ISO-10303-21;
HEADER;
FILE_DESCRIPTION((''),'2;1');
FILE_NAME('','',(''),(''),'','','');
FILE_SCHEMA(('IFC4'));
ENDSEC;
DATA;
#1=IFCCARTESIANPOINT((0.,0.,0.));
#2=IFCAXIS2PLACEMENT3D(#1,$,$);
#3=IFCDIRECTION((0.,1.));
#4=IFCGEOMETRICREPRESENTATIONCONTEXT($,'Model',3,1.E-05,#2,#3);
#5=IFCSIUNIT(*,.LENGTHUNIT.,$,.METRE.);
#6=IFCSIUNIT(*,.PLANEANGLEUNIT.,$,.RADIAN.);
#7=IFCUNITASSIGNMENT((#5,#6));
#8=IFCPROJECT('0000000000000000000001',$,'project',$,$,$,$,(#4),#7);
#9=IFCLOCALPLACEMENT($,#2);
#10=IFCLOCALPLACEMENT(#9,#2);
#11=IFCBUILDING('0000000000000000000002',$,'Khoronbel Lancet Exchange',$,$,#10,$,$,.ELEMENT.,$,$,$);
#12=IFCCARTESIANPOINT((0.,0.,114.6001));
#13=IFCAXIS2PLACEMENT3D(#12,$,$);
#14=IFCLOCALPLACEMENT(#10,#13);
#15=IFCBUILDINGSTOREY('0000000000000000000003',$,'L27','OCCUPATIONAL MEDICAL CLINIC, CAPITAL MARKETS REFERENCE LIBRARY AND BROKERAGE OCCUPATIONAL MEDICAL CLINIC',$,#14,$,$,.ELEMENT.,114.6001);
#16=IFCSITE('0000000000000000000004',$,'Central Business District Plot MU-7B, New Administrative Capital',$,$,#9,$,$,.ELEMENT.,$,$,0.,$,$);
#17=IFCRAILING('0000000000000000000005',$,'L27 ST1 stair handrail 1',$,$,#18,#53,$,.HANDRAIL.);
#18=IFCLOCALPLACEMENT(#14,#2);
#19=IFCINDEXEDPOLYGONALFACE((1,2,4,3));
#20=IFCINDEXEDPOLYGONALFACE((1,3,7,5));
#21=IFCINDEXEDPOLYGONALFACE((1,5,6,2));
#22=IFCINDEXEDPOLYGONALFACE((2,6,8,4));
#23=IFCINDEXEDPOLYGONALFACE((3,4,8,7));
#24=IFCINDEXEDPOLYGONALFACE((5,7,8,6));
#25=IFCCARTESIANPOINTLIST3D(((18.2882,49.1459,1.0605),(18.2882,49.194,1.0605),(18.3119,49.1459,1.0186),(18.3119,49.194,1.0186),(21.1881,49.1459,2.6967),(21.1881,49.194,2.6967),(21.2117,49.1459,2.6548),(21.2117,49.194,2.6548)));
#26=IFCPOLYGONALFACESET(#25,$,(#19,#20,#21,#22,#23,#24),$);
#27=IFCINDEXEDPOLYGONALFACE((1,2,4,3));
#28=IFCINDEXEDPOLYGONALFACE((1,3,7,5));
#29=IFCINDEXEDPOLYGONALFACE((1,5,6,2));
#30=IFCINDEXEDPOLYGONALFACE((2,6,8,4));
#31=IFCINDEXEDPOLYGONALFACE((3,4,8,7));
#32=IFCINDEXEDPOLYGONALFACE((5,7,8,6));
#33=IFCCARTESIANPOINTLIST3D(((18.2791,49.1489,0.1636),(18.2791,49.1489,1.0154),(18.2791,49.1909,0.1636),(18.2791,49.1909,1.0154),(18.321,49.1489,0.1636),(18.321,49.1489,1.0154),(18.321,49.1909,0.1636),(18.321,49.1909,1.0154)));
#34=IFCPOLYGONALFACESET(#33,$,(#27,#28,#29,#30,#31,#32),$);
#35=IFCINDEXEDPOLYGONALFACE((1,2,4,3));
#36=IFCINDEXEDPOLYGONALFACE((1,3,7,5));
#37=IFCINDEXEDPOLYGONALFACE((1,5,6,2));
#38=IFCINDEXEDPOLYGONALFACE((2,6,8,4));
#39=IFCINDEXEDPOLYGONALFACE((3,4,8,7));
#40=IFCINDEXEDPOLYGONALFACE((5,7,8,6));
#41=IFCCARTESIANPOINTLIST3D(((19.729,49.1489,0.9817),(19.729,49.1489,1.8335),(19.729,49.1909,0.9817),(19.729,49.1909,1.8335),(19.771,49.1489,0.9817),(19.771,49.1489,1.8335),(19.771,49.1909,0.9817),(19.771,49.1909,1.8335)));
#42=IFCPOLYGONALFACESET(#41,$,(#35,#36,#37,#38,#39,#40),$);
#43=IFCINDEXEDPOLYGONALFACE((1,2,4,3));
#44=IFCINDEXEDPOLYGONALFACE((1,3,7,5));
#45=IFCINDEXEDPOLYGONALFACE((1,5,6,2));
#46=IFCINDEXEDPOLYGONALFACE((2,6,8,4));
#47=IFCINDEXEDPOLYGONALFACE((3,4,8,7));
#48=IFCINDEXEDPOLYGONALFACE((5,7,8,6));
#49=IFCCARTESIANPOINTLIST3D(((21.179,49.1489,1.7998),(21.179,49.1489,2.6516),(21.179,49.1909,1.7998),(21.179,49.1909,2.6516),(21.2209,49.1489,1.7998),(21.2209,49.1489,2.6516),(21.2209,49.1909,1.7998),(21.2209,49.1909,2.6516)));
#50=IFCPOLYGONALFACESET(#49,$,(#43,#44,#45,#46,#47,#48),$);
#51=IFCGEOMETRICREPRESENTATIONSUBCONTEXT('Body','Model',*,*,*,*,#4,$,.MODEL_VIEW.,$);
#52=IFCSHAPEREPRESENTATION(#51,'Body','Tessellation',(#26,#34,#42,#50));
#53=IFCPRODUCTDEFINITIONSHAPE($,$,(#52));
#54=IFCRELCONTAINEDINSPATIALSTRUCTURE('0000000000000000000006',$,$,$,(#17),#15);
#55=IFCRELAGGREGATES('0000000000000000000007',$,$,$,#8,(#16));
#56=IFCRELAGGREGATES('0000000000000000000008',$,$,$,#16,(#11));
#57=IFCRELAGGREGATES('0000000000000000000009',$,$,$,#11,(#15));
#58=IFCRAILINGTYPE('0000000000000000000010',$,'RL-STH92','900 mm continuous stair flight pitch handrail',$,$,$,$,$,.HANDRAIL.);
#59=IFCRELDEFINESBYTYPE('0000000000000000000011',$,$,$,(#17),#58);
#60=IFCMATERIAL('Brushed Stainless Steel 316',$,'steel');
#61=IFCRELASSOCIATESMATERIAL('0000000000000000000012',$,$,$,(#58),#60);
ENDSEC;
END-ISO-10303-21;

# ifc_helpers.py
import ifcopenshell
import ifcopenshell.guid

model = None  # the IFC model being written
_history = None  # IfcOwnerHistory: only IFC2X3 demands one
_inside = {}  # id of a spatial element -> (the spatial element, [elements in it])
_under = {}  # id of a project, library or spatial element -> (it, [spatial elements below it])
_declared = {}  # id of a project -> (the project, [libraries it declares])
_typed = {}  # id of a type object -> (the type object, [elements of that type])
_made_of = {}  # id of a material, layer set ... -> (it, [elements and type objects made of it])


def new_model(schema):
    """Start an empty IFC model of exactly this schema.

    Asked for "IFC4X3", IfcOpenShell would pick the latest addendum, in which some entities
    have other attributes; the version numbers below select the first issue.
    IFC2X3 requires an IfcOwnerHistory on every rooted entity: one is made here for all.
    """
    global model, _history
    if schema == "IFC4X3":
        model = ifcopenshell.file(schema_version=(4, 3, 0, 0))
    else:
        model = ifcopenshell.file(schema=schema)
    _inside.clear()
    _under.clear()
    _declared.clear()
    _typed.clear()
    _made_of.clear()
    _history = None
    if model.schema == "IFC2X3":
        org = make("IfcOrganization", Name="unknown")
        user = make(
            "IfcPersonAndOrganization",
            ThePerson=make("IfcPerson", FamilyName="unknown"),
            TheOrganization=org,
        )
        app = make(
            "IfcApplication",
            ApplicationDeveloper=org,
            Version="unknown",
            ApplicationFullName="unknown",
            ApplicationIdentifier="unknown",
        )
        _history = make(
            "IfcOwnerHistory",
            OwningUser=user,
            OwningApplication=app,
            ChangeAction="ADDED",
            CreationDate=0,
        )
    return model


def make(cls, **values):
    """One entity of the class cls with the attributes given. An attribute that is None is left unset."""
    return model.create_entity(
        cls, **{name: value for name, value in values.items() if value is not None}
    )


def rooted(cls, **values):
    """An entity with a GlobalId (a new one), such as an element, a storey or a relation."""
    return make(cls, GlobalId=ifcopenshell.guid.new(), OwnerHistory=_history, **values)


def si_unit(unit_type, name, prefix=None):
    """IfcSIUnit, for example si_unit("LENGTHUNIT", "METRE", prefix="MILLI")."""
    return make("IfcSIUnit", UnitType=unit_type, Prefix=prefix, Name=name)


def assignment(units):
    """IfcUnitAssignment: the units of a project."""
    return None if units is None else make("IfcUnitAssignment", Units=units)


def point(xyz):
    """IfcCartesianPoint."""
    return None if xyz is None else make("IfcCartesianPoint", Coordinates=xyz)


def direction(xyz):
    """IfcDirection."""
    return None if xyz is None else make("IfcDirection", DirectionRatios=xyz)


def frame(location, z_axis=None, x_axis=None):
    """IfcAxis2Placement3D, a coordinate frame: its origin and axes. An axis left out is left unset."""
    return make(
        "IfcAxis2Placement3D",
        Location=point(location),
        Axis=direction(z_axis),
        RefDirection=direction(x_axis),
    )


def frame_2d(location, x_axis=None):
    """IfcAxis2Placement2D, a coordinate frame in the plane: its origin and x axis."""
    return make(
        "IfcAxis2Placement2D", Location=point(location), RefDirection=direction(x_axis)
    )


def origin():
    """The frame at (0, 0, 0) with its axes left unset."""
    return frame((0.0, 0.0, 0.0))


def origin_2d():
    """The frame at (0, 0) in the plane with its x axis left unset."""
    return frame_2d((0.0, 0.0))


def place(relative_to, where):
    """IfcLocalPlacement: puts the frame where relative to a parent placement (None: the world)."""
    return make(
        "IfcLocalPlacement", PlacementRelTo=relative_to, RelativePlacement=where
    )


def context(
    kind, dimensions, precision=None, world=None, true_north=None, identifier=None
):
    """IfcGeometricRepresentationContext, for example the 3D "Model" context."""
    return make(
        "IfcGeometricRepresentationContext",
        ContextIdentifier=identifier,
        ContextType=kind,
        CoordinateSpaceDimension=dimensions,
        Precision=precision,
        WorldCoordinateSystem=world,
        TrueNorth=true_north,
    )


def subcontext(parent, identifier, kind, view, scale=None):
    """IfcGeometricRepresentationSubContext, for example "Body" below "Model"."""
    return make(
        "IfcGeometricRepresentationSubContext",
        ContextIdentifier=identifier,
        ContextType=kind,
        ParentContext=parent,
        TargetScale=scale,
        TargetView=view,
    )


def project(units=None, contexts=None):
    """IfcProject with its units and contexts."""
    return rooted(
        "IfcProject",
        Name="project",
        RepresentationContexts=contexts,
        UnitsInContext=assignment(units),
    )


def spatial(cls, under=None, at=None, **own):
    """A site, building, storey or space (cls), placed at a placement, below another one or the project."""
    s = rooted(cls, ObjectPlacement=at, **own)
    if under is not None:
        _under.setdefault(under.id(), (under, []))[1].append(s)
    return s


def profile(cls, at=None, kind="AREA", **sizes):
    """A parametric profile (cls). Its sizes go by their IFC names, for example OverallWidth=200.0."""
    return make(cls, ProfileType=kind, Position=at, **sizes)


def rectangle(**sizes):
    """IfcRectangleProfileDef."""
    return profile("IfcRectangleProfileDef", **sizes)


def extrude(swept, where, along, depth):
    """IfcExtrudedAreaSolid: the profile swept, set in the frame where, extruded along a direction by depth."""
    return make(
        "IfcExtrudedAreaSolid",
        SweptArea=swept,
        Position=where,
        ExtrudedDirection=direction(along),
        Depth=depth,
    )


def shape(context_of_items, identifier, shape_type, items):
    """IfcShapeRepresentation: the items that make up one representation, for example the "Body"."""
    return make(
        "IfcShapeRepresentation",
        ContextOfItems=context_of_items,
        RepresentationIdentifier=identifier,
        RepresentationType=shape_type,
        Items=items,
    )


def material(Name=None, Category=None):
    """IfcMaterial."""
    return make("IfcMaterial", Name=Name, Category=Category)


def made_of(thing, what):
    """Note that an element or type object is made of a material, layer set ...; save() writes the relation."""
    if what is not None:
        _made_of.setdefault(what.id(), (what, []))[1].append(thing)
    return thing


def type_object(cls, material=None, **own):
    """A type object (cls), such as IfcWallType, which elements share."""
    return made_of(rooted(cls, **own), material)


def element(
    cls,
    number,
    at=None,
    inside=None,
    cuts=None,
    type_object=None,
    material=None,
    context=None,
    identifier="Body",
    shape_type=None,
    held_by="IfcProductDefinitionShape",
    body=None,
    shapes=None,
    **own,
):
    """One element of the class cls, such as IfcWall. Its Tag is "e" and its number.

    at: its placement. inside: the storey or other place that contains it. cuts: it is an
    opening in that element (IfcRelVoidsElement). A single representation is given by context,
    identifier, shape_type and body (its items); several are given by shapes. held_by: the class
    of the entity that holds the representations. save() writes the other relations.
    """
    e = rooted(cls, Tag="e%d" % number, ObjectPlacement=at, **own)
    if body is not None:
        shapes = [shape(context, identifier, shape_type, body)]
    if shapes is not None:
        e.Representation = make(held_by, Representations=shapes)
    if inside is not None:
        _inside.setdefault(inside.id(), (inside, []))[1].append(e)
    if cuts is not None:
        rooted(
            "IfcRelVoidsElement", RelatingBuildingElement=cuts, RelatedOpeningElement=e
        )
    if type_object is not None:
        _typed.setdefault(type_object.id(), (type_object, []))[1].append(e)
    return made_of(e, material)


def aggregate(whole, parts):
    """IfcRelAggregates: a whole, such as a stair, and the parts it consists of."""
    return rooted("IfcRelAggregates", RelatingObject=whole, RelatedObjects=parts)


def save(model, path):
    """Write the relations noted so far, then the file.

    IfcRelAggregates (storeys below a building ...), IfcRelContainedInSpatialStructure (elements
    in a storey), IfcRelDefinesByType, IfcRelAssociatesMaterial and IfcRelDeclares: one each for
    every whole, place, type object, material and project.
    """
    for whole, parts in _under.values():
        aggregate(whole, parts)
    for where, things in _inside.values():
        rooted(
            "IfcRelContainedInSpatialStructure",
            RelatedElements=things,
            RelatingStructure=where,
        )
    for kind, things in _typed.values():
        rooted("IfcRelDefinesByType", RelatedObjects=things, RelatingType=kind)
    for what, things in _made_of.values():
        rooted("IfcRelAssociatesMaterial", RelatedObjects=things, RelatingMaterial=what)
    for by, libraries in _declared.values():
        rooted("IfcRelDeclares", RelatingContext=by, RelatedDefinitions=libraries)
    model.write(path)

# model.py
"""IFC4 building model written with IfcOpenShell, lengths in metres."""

from ifc_helpers import new_model, si_unit, direction, frame, origin, origin_2d, place, context, subcontext, project, spatial, rectangle, extrude, material, type_object, element, save


model = new_model("IFC4")

# Units and contexts
model_context = context("Model", 3, precision=1e-05, world=origin(), true_north=direction((0.0, 1.0)))
body_context = subcontext(model_context, "Body", "Model", "MODEL_VIEW")
ifc_project = project(units=[si_unit("LENGTHUNIT", "METRE"), si_unit("PLANEANGLEUNIT", "RADIAN")], contexts=[model_context])

# Site, building, storey
site_placement = place(None, origin())
site = spatial("IfcSite", under=ifc_project, at=site_placement, Name="Central Business District Plot MU-7B, New Administrative Capital", CompositionType="ELEMENT", RefElevation=0.0)
building_placement = place(site_placement, origin())
building = spatial("IfcBuilding", under=site, at=building_placement, Name="Khoronbel Lancet Exchange", CompositionType="ELEMENT")
storey_placement = place(building_placement, frame((0.0, 0.0, 114.6001)))
storey = spatial("IfcBuildingStorey", under=building, at=storey_placement, Name="L27", Description="OCCUPATIONAL MEDICAL CLINIC, CAPITAL MARKETS REFERENCE LIBRARY AND BROKERAGE OCCUPATIONAL MEDICAL CLINIC", CompositionType="ELEMENT", Elevation=114.6001)

# Railing
ifc_material_1 = material(Name="Brushed Stainless Steel 316", Category="steel")
railing_type_1 = type_object("IfcRailingType", Name="RL-STH92", Description="900 mm continuous stair flight pitch handrail", PredefinedType="HANDRAIL", material=ifc_material_1)
railing_1_placement = place(storey_placement, frame((18.3, 49.1699, 0.1636)))
element("IfcRailing", 1, at=railing_1_placement, inside=storey, type_object=railing_type_1, Name="L27 ST1 stair handrail 1", PredefinedType="HANDRAIL", context=body_context, shape_type="SweptSolid", body=[
    extrude(rectangle(XDim=0.0481, YDim=0.0481, at=origin_2d()), frame((0.0, 0.0, 0.876), z_axis=(0.870929, 0.0, 0.49141), x_axis=(0.0, 1.0, 0.0)), (0.0, 0.0, 1.0), 3.3296),
    extrude(rectangle(XDim=0.042, YDim=0.042, at=origin_2d()), origin(), (0.0, 0.0, 1.0), 0.8518),
    extrude(rectangle(XDim=0.042, YDim=0.042, at=origin_2d()), frame((1.45, 0.0, 0.8181)), (0.0, 0.0, 1.0), 0.8518),
    extrude(rectangle(XDim=0.042, YDim=0.042, at=origin_2d()), frame((2.8999, 0.0, 1.6362)), (0.0, 0.0, 1.0), 0.8518),
])

save(model, "model.ifc")
